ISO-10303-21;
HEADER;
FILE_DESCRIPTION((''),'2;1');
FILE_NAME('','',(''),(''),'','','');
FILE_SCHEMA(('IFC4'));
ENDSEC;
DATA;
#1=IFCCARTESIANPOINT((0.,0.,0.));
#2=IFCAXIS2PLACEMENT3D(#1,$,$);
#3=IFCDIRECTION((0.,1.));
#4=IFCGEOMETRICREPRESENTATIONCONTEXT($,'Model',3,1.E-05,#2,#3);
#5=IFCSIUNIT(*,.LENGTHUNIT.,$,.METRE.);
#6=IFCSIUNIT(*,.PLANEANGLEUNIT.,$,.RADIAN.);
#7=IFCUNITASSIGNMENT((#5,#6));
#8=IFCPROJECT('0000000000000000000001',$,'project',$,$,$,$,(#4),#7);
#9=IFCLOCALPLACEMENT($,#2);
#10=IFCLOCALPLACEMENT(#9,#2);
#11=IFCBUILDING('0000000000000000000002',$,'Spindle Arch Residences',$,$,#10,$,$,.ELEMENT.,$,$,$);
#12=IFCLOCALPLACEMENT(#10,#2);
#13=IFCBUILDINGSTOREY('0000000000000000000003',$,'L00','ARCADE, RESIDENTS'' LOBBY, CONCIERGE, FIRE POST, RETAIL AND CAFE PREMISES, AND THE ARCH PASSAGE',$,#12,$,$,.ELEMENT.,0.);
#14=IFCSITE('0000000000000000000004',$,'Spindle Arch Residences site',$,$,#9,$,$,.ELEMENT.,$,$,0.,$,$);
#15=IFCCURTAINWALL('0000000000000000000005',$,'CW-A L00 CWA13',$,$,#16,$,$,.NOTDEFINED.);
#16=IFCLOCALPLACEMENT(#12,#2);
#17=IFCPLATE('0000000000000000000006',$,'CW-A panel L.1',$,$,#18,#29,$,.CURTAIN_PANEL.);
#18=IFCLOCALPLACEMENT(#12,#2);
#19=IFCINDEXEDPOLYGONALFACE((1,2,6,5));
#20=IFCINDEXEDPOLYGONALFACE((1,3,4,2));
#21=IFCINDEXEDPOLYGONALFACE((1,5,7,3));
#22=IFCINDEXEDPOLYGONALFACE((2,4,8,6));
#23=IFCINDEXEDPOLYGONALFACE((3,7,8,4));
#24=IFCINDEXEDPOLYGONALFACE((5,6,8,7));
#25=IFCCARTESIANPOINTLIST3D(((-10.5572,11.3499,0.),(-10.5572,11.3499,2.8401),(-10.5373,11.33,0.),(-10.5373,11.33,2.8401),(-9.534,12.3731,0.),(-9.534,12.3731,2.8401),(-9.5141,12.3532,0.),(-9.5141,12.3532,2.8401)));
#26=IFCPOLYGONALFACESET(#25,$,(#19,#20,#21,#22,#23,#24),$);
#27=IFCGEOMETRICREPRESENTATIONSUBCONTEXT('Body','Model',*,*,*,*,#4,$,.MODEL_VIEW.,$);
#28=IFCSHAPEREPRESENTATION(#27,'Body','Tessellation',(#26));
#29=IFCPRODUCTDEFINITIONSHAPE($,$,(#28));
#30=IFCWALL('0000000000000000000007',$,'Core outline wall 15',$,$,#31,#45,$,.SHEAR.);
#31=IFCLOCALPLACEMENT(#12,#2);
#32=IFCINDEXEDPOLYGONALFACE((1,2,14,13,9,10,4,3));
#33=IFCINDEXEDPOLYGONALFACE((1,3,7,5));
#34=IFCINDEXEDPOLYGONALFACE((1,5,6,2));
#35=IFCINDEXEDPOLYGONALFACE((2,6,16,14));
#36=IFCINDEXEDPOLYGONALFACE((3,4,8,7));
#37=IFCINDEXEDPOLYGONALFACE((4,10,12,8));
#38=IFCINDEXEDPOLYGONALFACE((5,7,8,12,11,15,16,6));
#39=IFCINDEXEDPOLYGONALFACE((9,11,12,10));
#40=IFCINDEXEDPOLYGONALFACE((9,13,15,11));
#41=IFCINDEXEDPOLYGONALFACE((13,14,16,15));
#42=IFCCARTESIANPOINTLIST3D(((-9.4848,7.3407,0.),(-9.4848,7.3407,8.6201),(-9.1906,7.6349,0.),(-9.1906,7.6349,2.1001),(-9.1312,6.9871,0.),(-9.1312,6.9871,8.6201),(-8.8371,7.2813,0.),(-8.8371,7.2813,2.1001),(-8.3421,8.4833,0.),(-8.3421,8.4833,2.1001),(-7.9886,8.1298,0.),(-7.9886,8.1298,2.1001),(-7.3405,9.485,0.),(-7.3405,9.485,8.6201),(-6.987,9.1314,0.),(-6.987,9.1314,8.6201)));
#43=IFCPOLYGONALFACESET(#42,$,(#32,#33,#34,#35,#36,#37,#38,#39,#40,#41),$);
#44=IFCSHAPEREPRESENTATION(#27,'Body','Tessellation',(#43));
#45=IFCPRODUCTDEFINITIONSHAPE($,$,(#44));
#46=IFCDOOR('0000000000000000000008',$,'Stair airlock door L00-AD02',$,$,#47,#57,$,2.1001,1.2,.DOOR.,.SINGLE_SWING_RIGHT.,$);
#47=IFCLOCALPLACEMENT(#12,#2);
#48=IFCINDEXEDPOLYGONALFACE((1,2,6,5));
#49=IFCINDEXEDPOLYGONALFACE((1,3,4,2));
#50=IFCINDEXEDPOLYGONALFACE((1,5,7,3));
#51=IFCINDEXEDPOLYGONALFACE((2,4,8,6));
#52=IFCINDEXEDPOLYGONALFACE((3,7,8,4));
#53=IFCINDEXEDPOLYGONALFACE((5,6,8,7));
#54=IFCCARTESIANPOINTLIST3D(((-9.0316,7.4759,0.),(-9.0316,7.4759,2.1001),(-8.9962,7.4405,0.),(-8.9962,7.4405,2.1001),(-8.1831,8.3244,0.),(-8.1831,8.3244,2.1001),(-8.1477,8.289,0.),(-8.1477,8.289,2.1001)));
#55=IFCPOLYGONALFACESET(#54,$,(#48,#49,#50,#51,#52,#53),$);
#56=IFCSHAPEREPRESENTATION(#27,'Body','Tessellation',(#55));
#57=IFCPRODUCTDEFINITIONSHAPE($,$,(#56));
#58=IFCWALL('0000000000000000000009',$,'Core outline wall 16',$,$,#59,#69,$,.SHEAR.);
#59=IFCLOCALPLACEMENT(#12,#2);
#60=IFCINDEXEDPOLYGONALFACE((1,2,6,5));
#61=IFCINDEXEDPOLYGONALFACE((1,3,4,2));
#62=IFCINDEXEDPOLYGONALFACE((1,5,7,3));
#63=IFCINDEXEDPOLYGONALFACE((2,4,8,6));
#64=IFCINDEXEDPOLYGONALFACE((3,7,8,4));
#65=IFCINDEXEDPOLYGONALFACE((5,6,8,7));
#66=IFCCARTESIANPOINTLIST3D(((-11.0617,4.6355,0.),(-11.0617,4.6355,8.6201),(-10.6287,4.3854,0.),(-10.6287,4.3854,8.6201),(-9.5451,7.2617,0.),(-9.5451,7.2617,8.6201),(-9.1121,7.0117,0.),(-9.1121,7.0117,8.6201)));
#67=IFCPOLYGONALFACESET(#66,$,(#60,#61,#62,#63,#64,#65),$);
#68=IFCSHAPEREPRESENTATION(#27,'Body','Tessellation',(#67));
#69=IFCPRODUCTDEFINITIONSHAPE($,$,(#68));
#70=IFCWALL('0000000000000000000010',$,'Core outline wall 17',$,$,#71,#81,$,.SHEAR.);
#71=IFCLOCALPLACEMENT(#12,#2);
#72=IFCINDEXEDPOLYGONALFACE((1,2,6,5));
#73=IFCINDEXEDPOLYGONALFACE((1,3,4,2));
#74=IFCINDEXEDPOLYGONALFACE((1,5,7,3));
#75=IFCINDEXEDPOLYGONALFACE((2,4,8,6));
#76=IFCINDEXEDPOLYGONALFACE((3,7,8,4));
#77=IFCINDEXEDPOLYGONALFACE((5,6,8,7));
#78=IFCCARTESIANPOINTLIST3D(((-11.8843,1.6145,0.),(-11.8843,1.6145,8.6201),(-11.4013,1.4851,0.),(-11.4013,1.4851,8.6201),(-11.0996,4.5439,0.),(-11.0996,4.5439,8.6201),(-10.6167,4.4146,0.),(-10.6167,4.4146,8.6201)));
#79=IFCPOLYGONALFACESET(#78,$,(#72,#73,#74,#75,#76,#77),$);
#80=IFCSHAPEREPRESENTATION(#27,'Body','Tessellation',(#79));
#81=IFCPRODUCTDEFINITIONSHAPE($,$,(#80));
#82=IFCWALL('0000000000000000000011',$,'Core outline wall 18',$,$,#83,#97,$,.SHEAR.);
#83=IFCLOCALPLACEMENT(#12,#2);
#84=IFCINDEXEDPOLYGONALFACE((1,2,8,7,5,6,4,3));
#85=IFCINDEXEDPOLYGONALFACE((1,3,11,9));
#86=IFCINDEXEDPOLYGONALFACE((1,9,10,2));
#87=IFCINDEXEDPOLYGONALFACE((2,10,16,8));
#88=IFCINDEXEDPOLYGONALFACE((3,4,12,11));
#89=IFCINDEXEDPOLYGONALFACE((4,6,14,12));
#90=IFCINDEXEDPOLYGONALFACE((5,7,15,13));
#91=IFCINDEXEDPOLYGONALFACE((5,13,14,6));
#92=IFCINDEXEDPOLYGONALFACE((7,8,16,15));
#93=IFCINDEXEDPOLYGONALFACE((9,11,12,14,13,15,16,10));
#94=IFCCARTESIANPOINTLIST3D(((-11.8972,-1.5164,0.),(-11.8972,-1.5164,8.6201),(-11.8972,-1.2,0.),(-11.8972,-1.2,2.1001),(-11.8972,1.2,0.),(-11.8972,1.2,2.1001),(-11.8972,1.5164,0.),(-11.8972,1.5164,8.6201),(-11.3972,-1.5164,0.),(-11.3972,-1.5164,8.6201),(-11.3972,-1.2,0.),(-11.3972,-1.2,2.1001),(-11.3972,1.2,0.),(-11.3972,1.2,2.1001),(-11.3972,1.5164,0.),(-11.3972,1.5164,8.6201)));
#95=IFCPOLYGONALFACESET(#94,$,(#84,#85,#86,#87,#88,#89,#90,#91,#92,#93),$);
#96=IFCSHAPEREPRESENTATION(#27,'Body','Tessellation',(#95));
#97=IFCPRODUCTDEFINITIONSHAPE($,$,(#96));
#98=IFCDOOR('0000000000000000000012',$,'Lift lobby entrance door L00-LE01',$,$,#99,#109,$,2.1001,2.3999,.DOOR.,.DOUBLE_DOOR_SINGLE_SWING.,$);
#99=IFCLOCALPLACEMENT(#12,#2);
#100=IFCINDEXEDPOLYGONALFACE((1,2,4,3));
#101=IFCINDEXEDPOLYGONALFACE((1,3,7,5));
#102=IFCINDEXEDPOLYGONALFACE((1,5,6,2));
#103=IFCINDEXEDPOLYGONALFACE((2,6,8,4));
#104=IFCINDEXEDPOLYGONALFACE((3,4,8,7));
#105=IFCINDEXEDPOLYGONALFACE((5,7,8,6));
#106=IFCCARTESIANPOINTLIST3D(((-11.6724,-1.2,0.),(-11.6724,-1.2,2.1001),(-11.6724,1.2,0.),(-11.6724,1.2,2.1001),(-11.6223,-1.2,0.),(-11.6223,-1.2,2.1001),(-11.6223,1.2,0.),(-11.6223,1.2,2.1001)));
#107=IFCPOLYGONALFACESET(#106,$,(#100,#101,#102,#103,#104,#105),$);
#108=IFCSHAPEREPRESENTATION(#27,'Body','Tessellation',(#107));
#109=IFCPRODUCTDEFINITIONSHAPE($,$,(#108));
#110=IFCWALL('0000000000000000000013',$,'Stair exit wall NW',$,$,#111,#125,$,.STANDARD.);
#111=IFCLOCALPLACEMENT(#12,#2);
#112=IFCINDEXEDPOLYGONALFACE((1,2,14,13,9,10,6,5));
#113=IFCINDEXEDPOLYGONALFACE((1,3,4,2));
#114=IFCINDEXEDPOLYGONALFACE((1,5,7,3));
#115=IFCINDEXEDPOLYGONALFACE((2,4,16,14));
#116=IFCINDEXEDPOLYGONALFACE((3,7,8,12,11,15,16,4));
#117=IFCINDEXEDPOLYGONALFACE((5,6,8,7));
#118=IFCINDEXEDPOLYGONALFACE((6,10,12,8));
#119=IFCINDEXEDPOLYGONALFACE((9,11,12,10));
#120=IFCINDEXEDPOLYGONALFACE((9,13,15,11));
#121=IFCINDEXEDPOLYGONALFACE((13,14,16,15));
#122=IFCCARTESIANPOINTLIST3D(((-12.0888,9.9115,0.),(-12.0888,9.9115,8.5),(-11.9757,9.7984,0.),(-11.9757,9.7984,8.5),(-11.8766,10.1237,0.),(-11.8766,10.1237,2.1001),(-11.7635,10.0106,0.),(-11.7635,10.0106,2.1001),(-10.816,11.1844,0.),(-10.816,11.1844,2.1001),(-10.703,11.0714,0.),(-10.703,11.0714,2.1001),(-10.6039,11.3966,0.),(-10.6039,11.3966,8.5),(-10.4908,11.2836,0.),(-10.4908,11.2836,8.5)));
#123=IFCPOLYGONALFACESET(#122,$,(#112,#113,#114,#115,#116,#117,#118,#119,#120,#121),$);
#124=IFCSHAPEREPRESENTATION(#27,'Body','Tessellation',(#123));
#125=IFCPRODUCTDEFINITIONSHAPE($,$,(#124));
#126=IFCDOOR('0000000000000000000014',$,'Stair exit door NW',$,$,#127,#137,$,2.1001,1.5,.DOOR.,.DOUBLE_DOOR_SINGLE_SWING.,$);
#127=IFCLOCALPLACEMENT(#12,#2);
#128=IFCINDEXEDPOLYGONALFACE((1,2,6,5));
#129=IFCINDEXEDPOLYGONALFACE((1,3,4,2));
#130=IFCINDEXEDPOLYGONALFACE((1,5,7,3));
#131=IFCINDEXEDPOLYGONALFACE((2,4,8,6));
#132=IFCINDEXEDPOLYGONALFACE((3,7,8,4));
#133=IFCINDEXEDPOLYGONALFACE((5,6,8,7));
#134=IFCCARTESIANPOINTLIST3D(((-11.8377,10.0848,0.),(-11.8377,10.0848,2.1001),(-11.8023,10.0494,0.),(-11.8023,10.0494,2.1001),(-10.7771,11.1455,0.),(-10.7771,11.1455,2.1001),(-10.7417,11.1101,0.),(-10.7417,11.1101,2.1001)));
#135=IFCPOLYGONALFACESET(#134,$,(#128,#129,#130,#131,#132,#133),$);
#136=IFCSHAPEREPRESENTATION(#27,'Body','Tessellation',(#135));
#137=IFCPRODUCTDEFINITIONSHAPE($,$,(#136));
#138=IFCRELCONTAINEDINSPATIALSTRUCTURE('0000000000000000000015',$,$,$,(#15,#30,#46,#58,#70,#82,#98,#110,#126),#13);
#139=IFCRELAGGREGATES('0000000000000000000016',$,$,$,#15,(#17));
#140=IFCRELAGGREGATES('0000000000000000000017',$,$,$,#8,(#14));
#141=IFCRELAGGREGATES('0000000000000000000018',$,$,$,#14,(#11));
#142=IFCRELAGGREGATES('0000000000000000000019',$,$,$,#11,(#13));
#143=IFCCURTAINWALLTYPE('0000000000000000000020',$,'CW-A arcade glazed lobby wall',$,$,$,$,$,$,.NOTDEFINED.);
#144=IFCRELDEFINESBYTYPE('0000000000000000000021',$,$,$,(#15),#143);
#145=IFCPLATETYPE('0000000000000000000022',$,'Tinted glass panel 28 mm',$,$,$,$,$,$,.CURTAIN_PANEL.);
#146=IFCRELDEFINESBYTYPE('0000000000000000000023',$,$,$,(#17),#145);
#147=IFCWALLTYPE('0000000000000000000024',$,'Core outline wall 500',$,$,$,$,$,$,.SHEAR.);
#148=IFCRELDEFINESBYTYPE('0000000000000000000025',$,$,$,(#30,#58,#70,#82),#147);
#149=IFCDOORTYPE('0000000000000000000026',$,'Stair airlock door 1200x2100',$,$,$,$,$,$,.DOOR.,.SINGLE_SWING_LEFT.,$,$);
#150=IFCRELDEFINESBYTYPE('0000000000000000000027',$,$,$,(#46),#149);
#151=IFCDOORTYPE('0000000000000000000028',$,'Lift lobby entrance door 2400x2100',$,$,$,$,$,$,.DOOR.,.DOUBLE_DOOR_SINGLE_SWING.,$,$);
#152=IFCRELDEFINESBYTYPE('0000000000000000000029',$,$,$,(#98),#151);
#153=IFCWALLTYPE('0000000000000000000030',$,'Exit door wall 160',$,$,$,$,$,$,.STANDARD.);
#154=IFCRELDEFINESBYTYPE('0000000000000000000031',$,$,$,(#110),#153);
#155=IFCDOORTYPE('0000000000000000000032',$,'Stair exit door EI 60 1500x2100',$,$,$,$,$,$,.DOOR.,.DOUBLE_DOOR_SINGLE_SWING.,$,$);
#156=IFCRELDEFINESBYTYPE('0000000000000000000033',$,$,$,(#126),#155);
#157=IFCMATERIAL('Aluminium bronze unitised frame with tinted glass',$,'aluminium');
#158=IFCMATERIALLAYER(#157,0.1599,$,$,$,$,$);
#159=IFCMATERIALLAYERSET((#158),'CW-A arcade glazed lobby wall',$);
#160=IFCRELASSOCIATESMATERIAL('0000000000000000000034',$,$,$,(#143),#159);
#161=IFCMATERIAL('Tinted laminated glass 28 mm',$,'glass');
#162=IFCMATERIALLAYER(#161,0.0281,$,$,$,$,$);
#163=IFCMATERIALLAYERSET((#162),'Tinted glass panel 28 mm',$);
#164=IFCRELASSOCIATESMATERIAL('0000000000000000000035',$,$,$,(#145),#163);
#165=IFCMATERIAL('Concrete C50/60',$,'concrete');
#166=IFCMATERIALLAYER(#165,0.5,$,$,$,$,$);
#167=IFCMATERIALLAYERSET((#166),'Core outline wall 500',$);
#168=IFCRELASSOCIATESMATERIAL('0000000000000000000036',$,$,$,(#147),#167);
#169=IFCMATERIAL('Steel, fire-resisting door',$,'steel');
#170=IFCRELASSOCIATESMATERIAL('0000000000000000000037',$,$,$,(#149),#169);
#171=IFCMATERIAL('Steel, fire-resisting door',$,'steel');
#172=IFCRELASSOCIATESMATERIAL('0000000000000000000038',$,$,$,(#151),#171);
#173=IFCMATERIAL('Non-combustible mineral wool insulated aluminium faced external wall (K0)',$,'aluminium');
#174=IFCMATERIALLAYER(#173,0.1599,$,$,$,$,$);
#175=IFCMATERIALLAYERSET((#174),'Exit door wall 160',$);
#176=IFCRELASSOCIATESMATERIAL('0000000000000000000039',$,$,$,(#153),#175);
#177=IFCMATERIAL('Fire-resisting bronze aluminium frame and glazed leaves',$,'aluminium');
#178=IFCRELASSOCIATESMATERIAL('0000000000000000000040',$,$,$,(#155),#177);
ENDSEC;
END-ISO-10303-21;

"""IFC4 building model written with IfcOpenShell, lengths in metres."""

from ifc_helpers import new_model, si_unit, direction, frame, frame_2d, origin, origin_2d, place, context, subcontext, project, spatial, rectangle, extrude, material, layer, layer_set, type_object, element, fill, aggregate, save


model = new_model("IFC4")

# Units and contexts
model_context = context("Model", 3, precision=1e-05, world=origin(), true_north=direction((0.0, 1.0)))
body_context = subcontext(model_context, "Body", "Model", "MODEL_VIEW")
ifc_project = project(units=[si_unit("LENGTHUNIT", "METRE"), si_unit("PLANEANGLEUNIT", "RADIAN")], contexts=[model_context])

# Site, building, storey
site_placement = place(None, origin())
site = spatial("IfcSite", under=ifc_project, at=site_placement, Name="Spindle Arch Residences site", CompositionType="ELEMENT", RefElevation=0.0)
building_placement = place(site_placement, origin())
building = spatial("IfcBuilding", under=site, at=building_placement, Name="Spindle Arch Residences", CompositionType="ELEMENT")
storey_placement = place(building_placement, origin())
storey = spatial("IfcBuildingStorey", under=building, at=storey_placement, Name="L00", Description="ARCADE, RESIDENTS' LOBBY, CONCIERGE, FIRE POST, RETAIL AND CAFE PREMISES, AND THE ARCH PASSAGE", CompositionType="ELEMENT", Elevation=0.0)

# Curtain wall, plate
ifc_material_1 = material(Name="Aluminium bronze unitised frame with tinted glass", Category="aluminium")
ifc_layer_1 = layer(ifc_material_1, 0.1599)
ifc_layer_set_1 = layer_set([ifc_layer_1], Name="CW-A arcade glazed lobby wall")
curtain_wall_type = type_object("IfcCurtainWallType", Name="CW-A arcade glazed lobby wall", PredefinedType="NOTDEFINED", material=ifc_layer_set_1)
curtain_wall_placement = place(storey_placement, origin())
curtain_wall = element("IfcCurtainWall", 1, at=curtain_wall_placement, inside=storey, type_object=curtain_wall_type, Name="CW-A L00 CWA13", PredefinedType="NOTDEFINED")
ifc_material_2 = material(Name="Tinted laminated glass 28 mm", Category="glass")
ifc_layer_2 = layer(ifc_material_2, 0.0281)
ifc_layer_set_2 = layer_set([ifc_layer_2], Name="Tinted glass panel 28 mm")
plate_type = type_object("IfcPlateType", Name="Tinted glass panel 28 mm", PredefinedType="CURTAIN_PANEL", material=ifc_layer_set_2)
plate_placement = place(storey_placement, frame((-10.0356, 11.8516, 0.0), z_axis=(0.0, 0.0, 1.0), x_axis=(-0.707107, -0.707107, 0.0)))
plate = element("IfcPlate", 2, at=plate_placement, type_object=plate_type, Name="CW-A panel L.1", PredefinedType="CURTAIN_PANEL", context=body_context, shape_type="SweptSolid", body=[
    extrude(rectangle(XDim=1.447, YDim=0.0281, at=origin_2d()), origin(), (0.0, 0.0, 1.0), 2.8401),
])
aggregate(curtain_wall, [plate])

# Wall, opening, door
ifc_material_3 = material(Name="Concrete C50/60", Category="concrete")
ifc_layer_3 = layer(ifc_material_3, 0.5)
ifc_layer_set_3 = layer_set([ifc_layer_3], Name="Core outline wall 500")
wall_type_1 = type_object("IfcWallType", Name="Core outline wall 500", PredefinedType="SHEAR", material=ifc_layer_set_3)
wall_1_placement = place(storey_placement, frame((-7.1638, 9.3081, 0.0), z_axis=(0.0, 0.0, 1.0), x_axis=(-0.707107, -0.707107, 0.0)))
wall_1 = element("IfcWall", 3, at=wall_1_placement, inside=storey, type_object=wall_type_1, Name="Core outline wall 15", PredefinedType="SHEAR", context=body_context, shape_type="SweptSolid", body=[
    extrude(rectangle(XDim=3.0325, YDim=0.5, at=frame_2d((1.5161, 0.0))), origin(), (0.0, 0.0, 1.0), 8.6201),
])
opening_1_placement = place(wall_1_placement, frame((1.4163, 0.0, 0.0)))
opening_1 = element("IfcOpeningElement", 4, at=opening_1_placement, cuts=wall_1, PredefinedType="OPENING", context=body_context, shape_type="SweptSolid", body=[
    extrude(rectangle(XDim=1.2, YDim=2.1001, at=frame_2d((0.6001, 1.05))), frame((0.0, 0.26, 0.0), z_axis=(0.0, -1.0, 0.0), x_axis=(1.0, 0.0, 0.0)), (0.0, 0.0, 1.0), 0.52),
])
ifc_material_4 = material(Name="Steel, fire-resisting door", Category="steel")
door_type_1 = type_object("IfcDoorType", Name="Stair airlock door 1200x2100", OperationType="SINGLE_SWING_LEFT", PredefinedType="DOOR", material=ifc_material_4)
door_1_placement = place(opening_1_placement, origin())
door_1 = element("IfcDoor", 5, at=door_1_placement, inside=storey, type_object=door_type_1, Name="Stair airlock door L00-AD02", OperationType="SINGLE_SWING_RIGHT", OverallHeight=2.1001, OverallWidth=1.2, PredefinedType="DOOR", context=body_context, shape_type="SweptSolid", body=[
    extrude(rectangle(XDim=1.2, YDim=2.1001, at=frame_2d((0.6001, 1.05))), frame((0.0, 0.0249, 0.0), z_axis=(0.0, -1.0, 0.0), x_axis=(1.0, 0.0, 0.0)), (0.0, 0.0, 1.0), 0.05),
])
fill(opening_1, door_1)

# Walls
for number, where, z_axis, x_axis, name in (
    (6, (-9.3286, 7.1367, 0.0), (0.0, 0.0, 1.0), (-0.500087, -0.865975, 0.0), "Core outline wall 16"),
    (7, (-10.8582, 4.4792, 0.0), (0.0, 0.0, 1.0), (-0.258735, -0.965948, 0.0), "Core outline wall 17"),
):
    element("IfcWall", number, at=place(storey_placement, frame(where, z_axis=z_axis, x_axis=x_axis)), inside=storey, type_object=wall_type_1, Name=name, PredefinedType="SHEAR", context=body_context, shape_type="SweptSolid", body=[
        extrude(rectangle(XDim=3.0327, YDim=0.5, at=frame_2d((1.5164, 0.0))), origin(), (0.0, 0.0, 1.0), 8.6201),
    ])

# Walls, openings, doors
wall_2_placement = place(storey_placement, frame((-11.6472, 1.5164, 0.0), z_axis=(0.0, 0.0, 1.0), x_axis=(0.0, -1.0, 0.0)))
wall_2 = element("IfcWall", 8, at=wall_2_placement, inside=storey, type_object=wall_type_1, Name="Core outline wall 18", PredefinedType="SHEAR", context=body_context, shape_type="SweptSolid", body=[
    extrude(rectangle(XDim=3.0327, YDim=0.5, at=frame_2d((1.5164, 0.0))), origin(), (0.0, 0.0, 1.0), 8.6201),
])
opening_2_placement = place(wall_2_placement, frame((0.3164, 0.0, 0.0)))
opening_2 = element("IfcOpeningElement", 9, at=opening_2_placement, cuts=wall_2, PredefinedType="OPENING", context=body_context, shape_type="SweptSolid", body=[
    extrude(rectangle(XDim=2.3999, YDim=2.1001, at=frame_2d((1.2, 1.05))), frame((0.0, 0.26, 0.0), z_axis=(0.0, -1.0, 0.0), x_axis=(1.0, 0.0, 0.0)), (0.0, 0.0, 1.0), 0.52),
])
ifc_material_5 = material(Name="Steel, fire-resisting door", Category="steel")
door_type_2 = type_object("IfcDoorType", Name="Lift lobby entrance door 2400x2100", OperationType="DOUBLE_DOOR_SINGLE_SWING", PredefinedType="DOOR", material=ifc_material_5)
door_2_placement = place(opening_2_placement, origin())
door_2 = element("IfcDoor", 10, at=door_2_placement, inside=storey, type_object=door_type_2, Name="Lift lobby entrance door L00-LE01", OperationType="DOUBLE_DOOR_SINGLE_SWING", OverallHeight=2.1001, OverallWidth=2.3999, PredefinedType="DOOR", context=body_context, shape_type="SweptSolid", body=[
    extrude(rectangle(XDim=2.3999, YDim=2.1001, at=frame_2d((1.2, 1.05))), frame((0.0, 0.0249, 0.0), z_axis=(0.0, -1.0, 0.0), x_axis=(1.0, 0.0, 0.0)), (0.0, 0.0, 1.0), 0.05),
])
fill(opening_2, door_2)
ifc_material_6 = material(Name="Non-combustible mineral wool insulated aluminium faced external wall (K0)", Category="aluminium")
ifc_layer_4 = layer(ifc_material_6, 0.1599)
ifc_layer_set_4 = layer_set([ifc_layer_4], Name="Exit door wall 160")
wall_type_2 = type_object("IfcWallType", Name="Exit door wall 160", PredefinedType="STANDARD", material=ifc_layer_set_4)
wall_3_placement = place(storey_placement, frame((-12.0322, 9.855, 0.0), z_axis=(0.0, 0.0, 1.0), x_axis=(0.707049, 0.707165, 0.0)))
wall_3 = element("IfcWall", 11, at=wall_3_placement, inside=storey, type_object=wall_type_2, Name="Stair exit wall NW", PredefinedType="STANDARD", context=body_context, shape_type="SweptSolid", body=[
    extrude(rectangle(XDim=2.1001, YDim=0.1599, at=frame_2d((1.05, 0.0))), origin(), (0.0, 0.0, 1.0), 8.5),
])
opening_3_placement = place(wall_3_placement, frame((0.3, 0.0, 0.0)))
opening_3 = element("IfcOpeningElement", 12, at=opening_3_placement, cuts=wall_3, PredefinedType="OPENING", context=body_context, shape_type="SweptSolid", body=[
    extrude(rectangle(XDim=1.5, YDim=2.1001, at=frame_2d((0.75, 1.05))), frame((0.0, 0.0898, 0.0), z_axis=(0.0, -1.0, 0.0), x_axis=(1.0, 0.0, 0.0)), (0.0, 0.0, 1.0), 0.1799),
])
ifc_material_7 = material(Name="Fire-resisting bronze aluminium frame and glazed leaves", Category="aluminium")
door_type_3 = type_object("IfcDoorType", Name="Stair exit door EI 60 1500x2100", OperationType="DOUBLE_DOOR_SINGLE_SWING", PredefinedType="DOOR", material=ifc_material_7)
door_3_placement = place(opening_3_placement, origin())
door_3 = element("IfcDoor", 13, at=door_3_placement, inside=storey, type_object=door_type_3, Name="Stair exit door NW", OperationType="DOUBLE_DOOR_SINGLE_SWING", OverallHeight=2.1001, OverallWidth=1.5, PredefinedType="DOOR", context=body_context, shape_type="SweptSolid", body=[
    extrude(rectangle(XDim=1.5, YDim=2.1001, at=frame_2d((0.75, 1.05))), frame((0.0, 0.0249, 0.0), z_axis=(0.0, -1.0, 0.0), x_axis=(1.0, 0.0, 0.0)), (0.0, 0.0, 1.0), 0.05),
])
fill(opening_3, door_3)

save(model, "model.ifc")
